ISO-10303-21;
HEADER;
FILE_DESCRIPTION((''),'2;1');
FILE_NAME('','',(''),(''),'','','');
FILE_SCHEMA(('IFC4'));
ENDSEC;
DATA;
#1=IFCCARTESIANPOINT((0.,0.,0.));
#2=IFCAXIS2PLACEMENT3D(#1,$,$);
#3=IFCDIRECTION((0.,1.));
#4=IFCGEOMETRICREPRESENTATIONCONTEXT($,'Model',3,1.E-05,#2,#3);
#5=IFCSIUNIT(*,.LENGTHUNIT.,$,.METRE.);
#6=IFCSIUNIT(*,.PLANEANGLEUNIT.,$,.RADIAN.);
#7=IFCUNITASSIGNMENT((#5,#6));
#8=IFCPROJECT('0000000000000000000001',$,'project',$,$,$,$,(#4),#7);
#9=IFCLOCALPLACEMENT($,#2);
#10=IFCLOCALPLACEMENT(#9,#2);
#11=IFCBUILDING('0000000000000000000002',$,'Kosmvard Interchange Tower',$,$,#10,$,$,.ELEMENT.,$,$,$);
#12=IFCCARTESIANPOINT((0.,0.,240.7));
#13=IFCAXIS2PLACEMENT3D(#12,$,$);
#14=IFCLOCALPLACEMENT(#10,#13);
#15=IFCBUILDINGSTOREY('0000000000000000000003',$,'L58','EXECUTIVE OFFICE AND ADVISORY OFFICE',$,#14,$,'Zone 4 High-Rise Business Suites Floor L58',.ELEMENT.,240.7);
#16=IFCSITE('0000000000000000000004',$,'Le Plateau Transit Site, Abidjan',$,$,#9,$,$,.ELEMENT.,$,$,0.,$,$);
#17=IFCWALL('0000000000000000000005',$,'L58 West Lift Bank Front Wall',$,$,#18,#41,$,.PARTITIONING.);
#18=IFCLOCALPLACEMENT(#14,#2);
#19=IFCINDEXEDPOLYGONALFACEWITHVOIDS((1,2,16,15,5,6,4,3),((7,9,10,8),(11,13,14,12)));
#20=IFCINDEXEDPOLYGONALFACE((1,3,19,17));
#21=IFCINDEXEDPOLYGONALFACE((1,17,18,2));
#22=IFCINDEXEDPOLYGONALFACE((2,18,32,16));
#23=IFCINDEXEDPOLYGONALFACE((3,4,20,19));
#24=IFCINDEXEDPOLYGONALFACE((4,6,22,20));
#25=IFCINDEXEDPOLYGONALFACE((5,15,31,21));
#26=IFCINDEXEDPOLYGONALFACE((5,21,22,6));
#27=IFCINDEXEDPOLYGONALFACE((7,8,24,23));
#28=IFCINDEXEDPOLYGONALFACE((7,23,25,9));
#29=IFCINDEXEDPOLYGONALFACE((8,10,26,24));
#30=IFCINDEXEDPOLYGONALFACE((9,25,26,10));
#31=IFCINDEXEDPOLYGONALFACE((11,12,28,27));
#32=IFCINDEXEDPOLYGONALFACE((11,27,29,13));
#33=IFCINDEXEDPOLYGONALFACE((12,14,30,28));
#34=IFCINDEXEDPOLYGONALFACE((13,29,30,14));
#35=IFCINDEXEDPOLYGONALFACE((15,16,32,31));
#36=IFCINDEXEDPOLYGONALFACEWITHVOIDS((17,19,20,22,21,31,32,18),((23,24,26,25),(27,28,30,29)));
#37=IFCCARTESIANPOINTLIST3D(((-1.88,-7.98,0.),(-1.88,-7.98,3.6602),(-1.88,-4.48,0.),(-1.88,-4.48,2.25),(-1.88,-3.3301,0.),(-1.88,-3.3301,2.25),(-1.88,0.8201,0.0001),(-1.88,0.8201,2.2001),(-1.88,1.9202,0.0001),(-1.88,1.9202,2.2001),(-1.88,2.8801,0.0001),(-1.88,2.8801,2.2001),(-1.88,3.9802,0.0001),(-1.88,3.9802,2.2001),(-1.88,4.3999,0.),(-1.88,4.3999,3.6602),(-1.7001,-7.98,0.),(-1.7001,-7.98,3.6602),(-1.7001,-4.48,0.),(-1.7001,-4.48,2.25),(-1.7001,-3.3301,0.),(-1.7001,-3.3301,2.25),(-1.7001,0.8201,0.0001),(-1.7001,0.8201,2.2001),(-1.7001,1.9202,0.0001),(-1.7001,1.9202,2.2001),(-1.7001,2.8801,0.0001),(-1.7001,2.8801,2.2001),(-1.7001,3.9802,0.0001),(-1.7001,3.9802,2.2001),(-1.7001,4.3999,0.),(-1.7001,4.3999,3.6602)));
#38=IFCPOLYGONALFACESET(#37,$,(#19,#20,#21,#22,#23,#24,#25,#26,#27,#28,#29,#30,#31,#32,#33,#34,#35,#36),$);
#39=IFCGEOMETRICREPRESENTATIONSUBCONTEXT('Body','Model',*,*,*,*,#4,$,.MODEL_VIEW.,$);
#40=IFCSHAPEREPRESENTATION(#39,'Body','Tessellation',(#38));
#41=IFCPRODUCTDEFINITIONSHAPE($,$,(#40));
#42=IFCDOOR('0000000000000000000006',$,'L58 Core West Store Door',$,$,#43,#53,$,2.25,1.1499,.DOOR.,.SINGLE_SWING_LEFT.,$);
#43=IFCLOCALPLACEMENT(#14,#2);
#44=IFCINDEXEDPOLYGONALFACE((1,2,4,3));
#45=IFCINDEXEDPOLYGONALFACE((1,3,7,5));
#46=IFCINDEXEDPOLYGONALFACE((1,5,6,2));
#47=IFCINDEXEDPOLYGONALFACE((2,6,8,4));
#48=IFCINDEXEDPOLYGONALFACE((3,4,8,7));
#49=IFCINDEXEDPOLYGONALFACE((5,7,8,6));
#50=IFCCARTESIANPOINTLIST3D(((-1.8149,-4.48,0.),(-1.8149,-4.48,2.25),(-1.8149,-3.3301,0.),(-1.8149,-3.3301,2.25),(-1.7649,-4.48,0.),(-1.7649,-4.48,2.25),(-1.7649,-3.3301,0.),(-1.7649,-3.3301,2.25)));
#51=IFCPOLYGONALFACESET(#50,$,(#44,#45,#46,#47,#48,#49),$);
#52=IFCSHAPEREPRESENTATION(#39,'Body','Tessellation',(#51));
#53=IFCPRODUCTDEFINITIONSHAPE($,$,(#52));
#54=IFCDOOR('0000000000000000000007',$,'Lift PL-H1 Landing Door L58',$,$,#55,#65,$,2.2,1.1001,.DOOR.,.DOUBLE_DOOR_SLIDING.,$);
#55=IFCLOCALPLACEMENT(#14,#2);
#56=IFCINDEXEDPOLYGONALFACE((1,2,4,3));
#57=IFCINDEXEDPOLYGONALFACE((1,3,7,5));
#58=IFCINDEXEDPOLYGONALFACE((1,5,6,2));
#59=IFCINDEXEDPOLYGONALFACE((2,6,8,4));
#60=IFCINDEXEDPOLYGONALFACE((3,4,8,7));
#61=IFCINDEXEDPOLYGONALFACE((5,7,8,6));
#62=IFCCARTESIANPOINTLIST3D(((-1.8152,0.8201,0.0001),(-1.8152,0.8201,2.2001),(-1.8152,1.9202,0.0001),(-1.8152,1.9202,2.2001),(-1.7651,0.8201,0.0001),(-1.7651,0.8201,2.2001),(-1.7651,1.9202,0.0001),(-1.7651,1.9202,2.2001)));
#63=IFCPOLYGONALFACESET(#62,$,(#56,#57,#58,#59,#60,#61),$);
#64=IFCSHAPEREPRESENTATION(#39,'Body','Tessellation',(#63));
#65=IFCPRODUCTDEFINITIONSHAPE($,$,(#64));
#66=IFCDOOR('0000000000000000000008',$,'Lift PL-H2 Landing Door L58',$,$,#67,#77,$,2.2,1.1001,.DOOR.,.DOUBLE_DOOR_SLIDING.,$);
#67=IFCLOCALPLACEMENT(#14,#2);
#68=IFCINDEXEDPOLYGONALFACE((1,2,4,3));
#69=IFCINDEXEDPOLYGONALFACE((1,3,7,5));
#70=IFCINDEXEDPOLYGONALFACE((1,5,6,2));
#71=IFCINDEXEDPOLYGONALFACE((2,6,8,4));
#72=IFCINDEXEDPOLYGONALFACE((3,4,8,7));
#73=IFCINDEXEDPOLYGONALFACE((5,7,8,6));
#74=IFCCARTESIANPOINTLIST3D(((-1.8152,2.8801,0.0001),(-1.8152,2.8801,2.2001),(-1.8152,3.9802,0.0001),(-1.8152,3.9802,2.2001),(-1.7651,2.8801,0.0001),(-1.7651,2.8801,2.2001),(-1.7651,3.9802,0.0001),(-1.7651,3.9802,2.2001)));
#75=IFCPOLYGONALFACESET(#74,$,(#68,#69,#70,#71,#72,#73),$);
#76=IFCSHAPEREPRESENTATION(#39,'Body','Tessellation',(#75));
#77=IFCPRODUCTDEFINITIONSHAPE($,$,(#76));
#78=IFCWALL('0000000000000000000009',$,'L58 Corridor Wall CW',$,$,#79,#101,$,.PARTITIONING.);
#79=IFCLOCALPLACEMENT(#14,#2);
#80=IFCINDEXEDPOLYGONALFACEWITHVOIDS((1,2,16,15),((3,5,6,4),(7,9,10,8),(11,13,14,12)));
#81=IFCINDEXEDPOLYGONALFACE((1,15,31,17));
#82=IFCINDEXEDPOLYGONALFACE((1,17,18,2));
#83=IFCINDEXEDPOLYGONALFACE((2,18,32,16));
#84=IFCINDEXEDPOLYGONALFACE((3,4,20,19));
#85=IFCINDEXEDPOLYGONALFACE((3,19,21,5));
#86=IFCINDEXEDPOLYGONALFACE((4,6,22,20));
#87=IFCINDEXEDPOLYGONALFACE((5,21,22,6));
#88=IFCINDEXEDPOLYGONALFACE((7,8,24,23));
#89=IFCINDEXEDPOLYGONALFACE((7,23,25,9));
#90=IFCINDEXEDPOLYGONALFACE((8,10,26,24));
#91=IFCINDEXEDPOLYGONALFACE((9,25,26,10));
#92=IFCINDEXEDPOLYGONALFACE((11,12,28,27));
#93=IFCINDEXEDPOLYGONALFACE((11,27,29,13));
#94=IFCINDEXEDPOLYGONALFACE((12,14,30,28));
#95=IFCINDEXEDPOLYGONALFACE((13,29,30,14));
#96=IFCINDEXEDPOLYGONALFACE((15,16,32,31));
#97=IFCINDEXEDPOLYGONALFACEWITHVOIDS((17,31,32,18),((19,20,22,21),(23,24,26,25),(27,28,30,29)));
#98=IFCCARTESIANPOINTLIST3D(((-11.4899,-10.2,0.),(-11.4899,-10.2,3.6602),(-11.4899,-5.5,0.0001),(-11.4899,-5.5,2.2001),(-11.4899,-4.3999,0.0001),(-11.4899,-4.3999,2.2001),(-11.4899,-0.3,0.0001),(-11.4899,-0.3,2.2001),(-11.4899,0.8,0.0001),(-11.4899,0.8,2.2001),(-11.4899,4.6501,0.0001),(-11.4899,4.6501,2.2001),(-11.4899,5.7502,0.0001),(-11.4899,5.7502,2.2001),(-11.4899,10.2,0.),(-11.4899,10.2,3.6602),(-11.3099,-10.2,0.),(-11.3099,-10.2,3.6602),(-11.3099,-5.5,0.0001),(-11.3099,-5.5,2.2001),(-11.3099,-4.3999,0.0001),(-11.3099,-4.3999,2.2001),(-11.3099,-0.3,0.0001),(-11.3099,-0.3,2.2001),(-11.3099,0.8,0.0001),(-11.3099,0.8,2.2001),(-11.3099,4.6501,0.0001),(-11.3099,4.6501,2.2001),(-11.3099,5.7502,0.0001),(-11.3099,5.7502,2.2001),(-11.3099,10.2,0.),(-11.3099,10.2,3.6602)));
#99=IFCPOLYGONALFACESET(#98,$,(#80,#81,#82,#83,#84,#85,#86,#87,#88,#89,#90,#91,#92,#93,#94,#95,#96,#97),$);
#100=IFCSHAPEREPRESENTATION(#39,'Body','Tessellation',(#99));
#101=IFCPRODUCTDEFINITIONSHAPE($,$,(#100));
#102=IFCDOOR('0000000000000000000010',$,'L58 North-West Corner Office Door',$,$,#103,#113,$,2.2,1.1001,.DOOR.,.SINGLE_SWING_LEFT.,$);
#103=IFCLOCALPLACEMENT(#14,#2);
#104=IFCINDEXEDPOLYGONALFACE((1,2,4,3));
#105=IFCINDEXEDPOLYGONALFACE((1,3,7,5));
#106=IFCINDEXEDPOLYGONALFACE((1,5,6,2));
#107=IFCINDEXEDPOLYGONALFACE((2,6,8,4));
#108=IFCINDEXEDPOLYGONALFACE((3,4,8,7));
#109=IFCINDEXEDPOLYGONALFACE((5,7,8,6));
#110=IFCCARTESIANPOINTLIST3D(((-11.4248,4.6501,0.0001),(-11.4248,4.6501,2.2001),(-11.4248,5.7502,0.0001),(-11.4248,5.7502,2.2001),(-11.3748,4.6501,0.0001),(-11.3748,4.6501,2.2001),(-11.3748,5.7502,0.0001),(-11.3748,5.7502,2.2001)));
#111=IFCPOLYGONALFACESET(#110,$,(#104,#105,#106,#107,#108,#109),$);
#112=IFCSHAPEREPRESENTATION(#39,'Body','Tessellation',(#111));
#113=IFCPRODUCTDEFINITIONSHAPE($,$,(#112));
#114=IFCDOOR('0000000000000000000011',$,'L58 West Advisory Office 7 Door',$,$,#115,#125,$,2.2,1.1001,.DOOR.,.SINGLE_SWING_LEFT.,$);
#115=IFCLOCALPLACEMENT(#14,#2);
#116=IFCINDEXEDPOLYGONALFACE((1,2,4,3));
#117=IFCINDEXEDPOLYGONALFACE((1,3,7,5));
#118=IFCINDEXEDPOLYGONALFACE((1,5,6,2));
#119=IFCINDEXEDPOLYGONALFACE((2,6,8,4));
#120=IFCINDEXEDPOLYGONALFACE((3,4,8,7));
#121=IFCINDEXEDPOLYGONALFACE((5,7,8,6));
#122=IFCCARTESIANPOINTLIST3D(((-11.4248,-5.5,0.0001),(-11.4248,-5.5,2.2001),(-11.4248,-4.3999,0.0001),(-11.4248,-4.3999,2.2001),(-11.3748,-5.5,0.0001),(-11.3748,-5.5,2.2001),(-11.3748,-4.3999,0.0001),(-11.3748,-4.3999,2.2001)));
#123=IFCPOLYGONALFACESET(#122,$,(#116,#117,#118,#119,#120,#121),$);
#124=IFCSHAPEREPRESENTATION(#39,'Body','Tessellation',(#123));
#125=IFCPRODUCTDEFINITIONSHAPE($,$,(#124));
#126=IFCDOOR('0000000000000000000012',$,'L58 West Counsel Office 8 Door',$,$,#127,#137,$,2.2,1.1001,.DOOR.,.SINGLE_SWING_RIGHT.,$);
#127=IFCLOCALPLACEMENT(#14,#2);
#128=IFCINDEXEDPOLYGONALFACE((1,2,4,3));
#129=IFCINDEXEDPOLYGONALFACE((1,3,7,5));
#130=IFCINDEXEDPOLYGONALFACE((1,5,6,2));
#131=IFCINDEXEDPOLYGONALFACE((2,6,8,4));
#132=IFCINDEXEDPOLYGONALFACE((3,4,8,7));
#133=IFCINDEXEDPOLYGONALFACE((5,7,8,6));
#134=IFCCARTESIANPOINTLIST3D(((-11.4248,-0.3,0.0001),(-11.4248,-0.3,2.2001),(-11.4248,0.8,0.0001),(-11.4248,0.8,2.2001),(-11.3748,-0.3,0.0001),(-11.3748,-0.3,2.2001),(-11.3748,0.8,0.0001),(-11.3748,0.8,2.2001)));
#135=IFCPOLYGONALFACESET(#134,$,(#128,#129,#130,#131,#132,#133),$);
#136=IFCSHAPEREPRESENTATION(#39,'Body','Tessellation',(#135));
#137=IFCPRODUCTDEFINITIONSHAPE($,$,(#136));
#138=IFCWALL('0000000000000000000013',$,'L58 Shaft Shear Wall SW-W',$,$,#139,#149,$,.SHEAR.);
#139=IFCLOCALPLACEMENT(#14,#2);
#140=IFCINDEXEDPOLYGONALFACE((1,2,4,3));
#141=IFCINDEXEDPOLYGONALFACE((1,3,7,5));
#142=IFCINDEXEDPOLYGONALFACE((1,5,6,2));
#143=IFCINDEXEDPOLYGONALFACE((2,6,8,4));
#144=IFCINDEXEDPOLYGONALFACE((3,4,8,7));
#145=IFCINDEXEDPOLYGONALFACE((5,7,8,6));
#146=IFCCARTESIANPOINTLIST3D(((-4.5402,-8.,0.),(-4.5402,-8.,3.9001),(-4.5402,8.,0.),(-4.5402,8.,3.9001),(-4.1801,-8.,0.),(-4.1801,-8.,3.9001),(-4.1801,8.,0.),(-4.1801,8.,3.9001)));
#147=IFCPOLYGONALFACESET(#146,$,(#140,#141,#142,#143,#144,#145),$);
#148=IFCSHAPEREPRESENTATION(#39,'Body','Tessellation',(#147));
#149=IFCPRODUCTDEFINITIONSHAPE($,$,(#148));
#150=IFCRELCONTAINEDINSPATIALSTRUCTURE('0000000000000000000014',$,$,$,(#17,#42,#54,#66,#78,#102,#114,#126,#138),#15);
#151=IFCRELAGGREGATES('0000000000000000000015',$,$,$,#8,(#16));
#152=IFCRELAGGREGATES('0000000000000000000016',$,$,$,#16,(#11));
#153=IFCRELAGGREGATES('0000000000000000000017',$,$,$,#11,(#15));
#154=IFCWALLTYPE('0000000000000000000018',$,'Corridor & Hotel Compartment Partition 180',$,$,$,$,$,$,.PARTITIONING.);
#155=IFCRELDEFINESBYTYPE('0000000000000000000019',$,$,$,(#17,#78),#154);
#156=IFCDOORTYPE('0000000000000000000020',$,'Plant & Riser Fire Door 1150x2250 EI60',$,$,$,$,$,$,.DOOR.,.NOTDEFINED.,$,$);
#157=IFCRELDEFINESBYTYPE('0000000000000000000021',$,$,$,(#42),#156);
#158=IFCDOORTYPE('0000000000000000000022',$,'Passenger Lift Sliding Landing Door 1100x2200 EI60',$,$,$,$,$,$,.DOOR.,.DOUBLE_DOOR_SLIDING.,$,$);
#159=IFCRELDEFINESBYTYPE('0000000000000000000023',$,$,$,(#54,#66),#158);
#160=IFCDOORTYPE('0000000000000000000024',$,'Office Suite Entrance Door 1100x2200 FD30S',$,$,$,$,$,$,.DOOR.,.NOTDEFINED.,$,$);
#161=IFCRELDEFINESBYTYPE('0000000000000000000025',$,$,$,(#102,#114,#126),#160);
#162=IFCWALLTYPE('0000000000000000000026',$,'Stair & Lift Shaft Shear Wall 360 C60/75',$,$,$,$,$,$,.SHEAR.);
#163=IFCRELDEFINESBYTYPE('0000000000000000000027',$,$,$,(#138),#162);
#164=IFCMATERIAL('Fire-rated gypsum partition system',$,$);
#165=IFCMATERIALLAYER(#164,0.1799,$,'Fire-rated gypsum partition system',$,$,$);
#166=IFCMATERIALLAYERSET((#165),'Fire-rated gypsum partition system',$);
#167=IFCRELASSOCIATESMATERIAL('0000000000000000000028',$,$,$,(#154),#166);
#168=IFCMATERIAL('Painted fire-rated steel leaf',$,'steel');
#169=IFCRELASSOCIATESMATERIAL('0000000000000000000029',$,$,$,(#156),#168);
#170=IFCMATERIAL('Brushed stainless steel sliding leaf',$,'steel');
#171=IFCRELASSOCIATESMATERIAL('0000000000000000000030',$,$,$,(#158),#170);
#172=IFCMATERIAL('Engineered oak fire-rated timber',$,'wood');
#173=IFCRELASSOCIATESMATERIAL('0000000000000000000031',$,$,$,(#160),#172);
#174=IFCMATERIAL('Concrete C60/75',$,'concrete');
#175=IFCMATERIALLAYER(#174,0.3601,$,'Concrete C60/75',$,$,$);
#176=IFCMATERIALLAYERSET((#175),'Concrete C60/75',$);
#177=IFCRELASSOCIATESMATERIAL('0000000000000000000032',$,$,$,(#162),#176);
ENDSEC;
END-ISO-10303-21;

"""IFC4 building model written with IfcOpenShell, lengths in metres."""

from ifc_helpers import new_model, si_unit, direction, frame, frame_2d, origin, place, context, subcontext, project, spatial, rectangle, extrude, source, transform, mapped, material, layer, layer_set, type_object, element, fill, save


model = new_model("IFC4")

# Units and contexts
model_context = context("Model", 3, precision=1e-05, world=origin(), true_north=direction((0.0, 1.0)))
body_context = subcontext(model_context, "Body", "Model", "MODEL_VIEW")
ifc_project = project(units=[si_unit("LENGTHUNIT", "METRE"), si_unit("PLANEANGLEUNIT", "RADIAN")], contexts=[model_context])

# Site, building, storey
site_placement = place(None, origin())
site = spatial("IfcSite", under=ifc_project, at=site_placement, Name="Le Plateau Transit Site, Abidjan", CompositionType="ELEMENT", RefElevation=0.0)
building_placement = place(site_placement, origin())
building = spatial("IfcBuilding", under=site, at=building_placement, Name="Kosmvard Interchange Tower", CompositionType="ELEMENT")
storey_placement = place(building_placement, frame((0.0, 0.0, 240.7)))
storey = spatial("IfcBuildingStorey", under=building, at=storey_placement, Name="L58", Description="EXECUTIVE OFFICE AND ADVISORY OFFICE", LongName="Zone 4 High-Rise Business Suites Floor L58", CompositionType="ELEMENT", Elevation=240.7)

# Shared definitions
ifc_material_1 = material(Name="Concrete C60/75", Category="concrete")

# Walls, openings, doors
ifc_material_2 = material(Name="Fire-rated gypsum partition system")
ifc_layer_1 = layer(ifc_material_2, 0.1799, Name="Fire-rated gypsum partition system")
ifc_layer_set_1 = layer_set([ifc_layer_1], Name="Fire-rated gypsum partition system")
wall_type_1 = type_object("IfcWallType", Name="Corridor & Hotel Compartment Partition 180", PredefinedType="PARTITIONING", material=ifc_layer_set_1)
wall_1_placement = place(storey_placement, frame((-1.79, -7.98, 0.0), z_axis=(0.0, 0.0, 1.0), x_axis=(0.0, 1.0, 0.0)))
wall_1 = element("IfcWall", 1, at=wall_1_placement, inside=storey, type_object=wall_type_1, Name="L58 West Lift Bank Front Wall", PredefinedType="PARTITIONING", context=body_context, shape_type="SweptSolid", body=[
    extrude(rectangle(XDim=12.3799, YDim=0.1799, at=frame_2d((6.1899, 0.0))), origin(), (0.0, 0.0, 1.0), 3.6602),
])
opening_1_placement = place(wall_1_placement, frame((8.8, 0.0, 0.0)))
opening_1 = element("IfcOpeningElement", 2, at=opening_1_placement, cuts=wall_1, PredefinedType="OPENING", context=body_context, shape_type="SweptSolid", body=[
    extrude(rectangle(XDim=1.1001, YDim=2.2, at=frame_2d((0.55, 1.1001))), frame((0.0, 0.1001, 0.0), z_axis=(0.0, -1.0, 0.0), x_axis=(1.0, 0.0, 0.0)), (0.0, 0.0, 1.0), 0.2),
])
opening_2_placement = place(wall_1_placement, frame((10.8601, 0.0, 0.0)))
opening_2 = element("IfcOpeningElement", 3, at=opening_2_placement, cuts=wall_1, PredefinedType="OPENING", context=body_context, shape_type="SweptSolid", body=[
    extrude(rectangle(XDim=1.1001, YDim=2.2, at=frame_2d((0.55, 1.1001))), frame((0.0, 0.1001, 0.0), z_axis=(0.0, -1.0, 0.0), x_axis=(1.0, 0.0, 0.0)), (0.0, 0.0, 1.0), 0.2),
])
opening_3_placement = place(wall_1_placement, frame((3.5, 0.0, 0.0)))
opening_3 = element("IfcOpeningElement", 4, at=opening_3_placement, cuts=wall_1, PredefinedType="OPENING", context=body_context, shape_type="SweptSolid", body=[
    extrude(rectangle(XDim=1.1499, YDim=2.25, at=frame_2d((0.575, 1.125))), frame((0.0, 0.1001, 0.0), z_axis=(0.0, -1.0, 0.0), x_axis=(1.0, 0.0, 0.0)), (0.0, 0.0, 1.0), 0.2),
])
ifc_material_3 = material(Name="Painted fire-rated steel leaf", Category="steel")
door_type_1 = type_object("IfcDoorType", Name="Plant & Riser Fire Door 1150x2250 EI60", OperationType="NOTDEFINED", PredefinedType="DOOR", material=ifc_material_3)
shared_shape_1 = source(origin(), body_context, "Body", "SweptSolid", [
    extrude(rectangle(XDim=1.1499, YDim=2.25, at=frame_2d((0.575, 1.125))), frame((0.0, 0.0249, 0.0), z_axis=(0.0, -1.0, 0.0), x_axis=(1.0, 0.0, 0.0)), (0.0, 0.0, 1.0), 0.05),
])
door_1_placement = place(opening_3_placement, origin())
door_1 = element("IfcDoor", 5, at=door_1_placement, inside=storey, type_object=door_type_1, Name="L58 Core West Store Door", OperationType="SINGLE_SWING_LEFT", OverallHeight=2.25, OverallWidth=1.1499, PredefinedType="DOOR", context=body_context, shape_type="MappedRepresentation", body=[
    mapped(shared_shape_1, transform((0.0, 0.0, 0.0), scale=1.0)),
])
fill(opening_3, door_1)
ifc_material_4 = material(Name="Brushed stainless steel sliding leaf", Category="steel")
door_type_2 = type_object("IfcDoorType", Name="Passenger Lift Sliding Landing Door 1100x2200 EI60", OperationType="DOUBLE_DOOR_SLIDING", PredefinedType="DOOR", material=ifc_material_4)
shared_shape_2 = source(origin(), body_context, "Body", "SweptSolid", [
    extrude(rectangle(XDim=1.1001, YDim=2.2, at=frame_2d((0.55, 1.1001))), frame((0.0, 0.0249, 0.0), z_axis=(0.0, -1.0, 0.0), x_axis=(1.0, 0.0, 0.0)), (0.0, 0.0, 1.0), 0.05),
])
door_2_placement = place(opening_1_placement, frame((1.1001, 0.0, 0.0), z_axis=(0.0, 0.0, 1.0), x_axis=(-1.0, 0.0, 0.0)))
door_2 = element("IfcDoor", 6, at=door_2_placement, inside=storey, type_object=door_type_2, Name="Lift PL-H1 Landing Door L58", OperationType="DOUBLE_DOOR_SLIDING", OverallHeight=2.2, OverallWidth=1.1001, PredefinedType="DOOR", context=body_context, shape_type="MappedRepresentation", body=[
    mapped(shared_shape_2, transform((0.0, 0.0, 0.0), scale=1.0)),
])
fill(opening_1, door_2)
door_3_placement = place(opening_2_placement, frame((1.1001, 0.0, 0.0), z_axis=(0.0, 0.0, 1.0), x_axis=(-1.0, 0.0, 0.0)))
door_3 = element("IfcDoor", 7, at=door_3_placement, inside=storey, type_object=door_type_2, Name="Lift PL-H2 Landing Door L58", OperationType="DOUBLE_DOOR_SLIDING", OverallHeight=2.2, OverallWidth=1.1001, PredefinedType="DOOR", context=body_context, shape_type="MappedRepresentation", body=[
    mapped(shared_shape_2, transform((0.0, 0.0, 0.0), scale=1.0)),
])
fill(opening_2, door_3)
wall_2_placement = place(storey_placement, frame((-11.3999, -10.2, 0.0), z_axis=(0.0, 0.0, 1.0), x_axis=(0.0, 1.0, 0.0)))
wall_2 = element("IfcWall", 8, at=wall_2_placement, inside=storey, type_object=wall_type_1, Name="L58 Corridor Wall CW", PredefinedType="PARTITIONING", context=body_context, shape_type="SweptSolid", body=[
    extrude(rectangle(XDim=20.3999, YDim=0.1799, at=frame_2d((10.2, 0.0))), origin(), (0.0, 0.0, 1.0), 3.6602),
])
opening_4_placement = place(wall_2_placement, frame((14.8501, 0.0, 0.0)))
opening_4 = element("IfcOpeningElement", 9, at=opening_4_placement, cuts=wall_2, PredefinedType="OPENING", context=body_context, shape_type="SweptSolid", body=[
    extrude(rectangle(XDim=1.1001, YDim=2.2, at=frame_2d((0.55, 1.1001))), frame((0.0, 0.1001, 0.0), z_axis=(0.0, -1.0, 0.0), x_axis=(1.0, 0.0, 0.0)), (0.0, 0.0, 1.0), 0.2),
])
opening_5_placement = place(wall_2_placement, frame((4.7, 0.0, 0.0)))
opening_5 = element("IfcOpeningElement", 10, at=opening_5_placement, cuts=wall_2, PredefinedType="OPENING", context=body_context, shape_type="SweptSolid", body=[
    extrude(rectangle(XDim=1.1001, YDim=2.2, at=frame_2d((0.55, 1.1001))), frame((0.0, 0.1001, 0.0), z_axis=(0.0, -1.0, 0.0), x_axis=(1.0, 0.0, 0.0)), (0.0, 0.0, 1.0), 0.2),
])
opening_6_placement = place(wall_2_placement, frame((9.8999, 0.0, 0.0)))
opening_6 = element("IfcOpeningElement", 11, at=opening_6_placement, cuts=wall_2, PredefinedType="OPENING", context=body_context, shape_type="SweptSolid", body=[
    extrude(rectangle(XDim=1.1001, YDim=2.2, at=frame_2d((0.55, 1.1001))), frame((0.0, 0.1001, 0.0), z_axis=(0.0, -1.0, 0.0), x_axis=(1.0, 0.0, 0.0)), (0.0, 0.0, 1.0), 0.2),
])
ifc_material_5 = material(Name="Engineered oak fire-rated timber", Category="wood")
door_type_3 = type_object("IfcDoorType", Name="Office Suite Entrance Door 1100x2200 FD30S", OperationType="NOTDEFINED", PredefinedType="DOOR", material=ifc_material_5)
door_4_placement = place(opening_4_placement, origin())
door_4 = element("IfcDoor", 12, at=door_4_placement, inside=storey, type_object=door_type_3, Name="L58 North-West Corner Office Door", OperationType="SINGLE_SWING_LEFT", OverallHeight=2.2, OverallWidth=1.1001, PredefinedType="DOOR", context=body_context, shape_type="MappedRepresentation", body=[
    mapped(shared_shape_2, transform((0.0, 0.0, 0.0), scale=1.0)),
])
fill(opening_4, door_4)
door_5_placement = place(opening_5_placement, origin())
door_5 = element("IfcDoor", 13, at=door_5_placement, inside=storey, type_object=door_type_3, Name="L58 West Advisory Office 7 Door", OperationType="SINGLE_SWING_LEFT", OverallHeight=2.2, OverallWidth=1.1001, PredefinedType="DOOR", context=body_context, shape_type="MappedRepresentation", body=[
    mapped(shared_shape_2, transform((0.0, 0.0, 0.0), scale=1.0)),
])
fill(opening_5, door_5)
door_6_placement = place(opening_6_placement, origin())
door_6 = element("IfcDoor", 14, at=door_6_placement, inside=storey, type_object=door_type_3, Name="L58 West Counsel Office 8 Door", OperationType="SINGLE_SWING_RIGHT", OverallHeight=2.2, OverallWidth=1.1001, PredefinedType="DOOR", context=body_context, shape_type="MappedRepresentation", body=[
    mapped(shared_shape_2, transform((0.0, 0.0, 0.0), scale=1.0)),
])
fill(opening_6, door_6)

# Wall
ifc_layer_2 = layer(ifc_material_1, 0.3601, Name="Concrete C60/75")
ifc_layer_set_2 = layer_set([ifc_layer_2], Name="Concrete C60/75")
wall_type_2 = type_object("IfcWallType", Name="Stair & Lift Shaft Shear Wall 360 C60/75", PredefinedType="SHEAR", material=ifc_layer_set_2)
wall_3_placement = place(storey_placement, frame((-4.3601, -8.0, 0.0), z_axis=(0.0, 0.0, 1.0), x_axis=(0.0, 1.0, 0.0)))
element("IfcWall", 15, at=wall_3_placement, inside=storey, type_object=wall_type_2, Name="L58 Shaft Shear Wall SW-W", PredefinedType="SHEAR", context=body_context, shape_type="SweptSolid", body=[
    extrude(rectangle(XDim=16.0, YDim=0.3601, at=frame_2d((8.0, 0.0))), origin(), (0.0, 0.0, 1.0), 3.9001),
])

save(model, "model.ifc")
